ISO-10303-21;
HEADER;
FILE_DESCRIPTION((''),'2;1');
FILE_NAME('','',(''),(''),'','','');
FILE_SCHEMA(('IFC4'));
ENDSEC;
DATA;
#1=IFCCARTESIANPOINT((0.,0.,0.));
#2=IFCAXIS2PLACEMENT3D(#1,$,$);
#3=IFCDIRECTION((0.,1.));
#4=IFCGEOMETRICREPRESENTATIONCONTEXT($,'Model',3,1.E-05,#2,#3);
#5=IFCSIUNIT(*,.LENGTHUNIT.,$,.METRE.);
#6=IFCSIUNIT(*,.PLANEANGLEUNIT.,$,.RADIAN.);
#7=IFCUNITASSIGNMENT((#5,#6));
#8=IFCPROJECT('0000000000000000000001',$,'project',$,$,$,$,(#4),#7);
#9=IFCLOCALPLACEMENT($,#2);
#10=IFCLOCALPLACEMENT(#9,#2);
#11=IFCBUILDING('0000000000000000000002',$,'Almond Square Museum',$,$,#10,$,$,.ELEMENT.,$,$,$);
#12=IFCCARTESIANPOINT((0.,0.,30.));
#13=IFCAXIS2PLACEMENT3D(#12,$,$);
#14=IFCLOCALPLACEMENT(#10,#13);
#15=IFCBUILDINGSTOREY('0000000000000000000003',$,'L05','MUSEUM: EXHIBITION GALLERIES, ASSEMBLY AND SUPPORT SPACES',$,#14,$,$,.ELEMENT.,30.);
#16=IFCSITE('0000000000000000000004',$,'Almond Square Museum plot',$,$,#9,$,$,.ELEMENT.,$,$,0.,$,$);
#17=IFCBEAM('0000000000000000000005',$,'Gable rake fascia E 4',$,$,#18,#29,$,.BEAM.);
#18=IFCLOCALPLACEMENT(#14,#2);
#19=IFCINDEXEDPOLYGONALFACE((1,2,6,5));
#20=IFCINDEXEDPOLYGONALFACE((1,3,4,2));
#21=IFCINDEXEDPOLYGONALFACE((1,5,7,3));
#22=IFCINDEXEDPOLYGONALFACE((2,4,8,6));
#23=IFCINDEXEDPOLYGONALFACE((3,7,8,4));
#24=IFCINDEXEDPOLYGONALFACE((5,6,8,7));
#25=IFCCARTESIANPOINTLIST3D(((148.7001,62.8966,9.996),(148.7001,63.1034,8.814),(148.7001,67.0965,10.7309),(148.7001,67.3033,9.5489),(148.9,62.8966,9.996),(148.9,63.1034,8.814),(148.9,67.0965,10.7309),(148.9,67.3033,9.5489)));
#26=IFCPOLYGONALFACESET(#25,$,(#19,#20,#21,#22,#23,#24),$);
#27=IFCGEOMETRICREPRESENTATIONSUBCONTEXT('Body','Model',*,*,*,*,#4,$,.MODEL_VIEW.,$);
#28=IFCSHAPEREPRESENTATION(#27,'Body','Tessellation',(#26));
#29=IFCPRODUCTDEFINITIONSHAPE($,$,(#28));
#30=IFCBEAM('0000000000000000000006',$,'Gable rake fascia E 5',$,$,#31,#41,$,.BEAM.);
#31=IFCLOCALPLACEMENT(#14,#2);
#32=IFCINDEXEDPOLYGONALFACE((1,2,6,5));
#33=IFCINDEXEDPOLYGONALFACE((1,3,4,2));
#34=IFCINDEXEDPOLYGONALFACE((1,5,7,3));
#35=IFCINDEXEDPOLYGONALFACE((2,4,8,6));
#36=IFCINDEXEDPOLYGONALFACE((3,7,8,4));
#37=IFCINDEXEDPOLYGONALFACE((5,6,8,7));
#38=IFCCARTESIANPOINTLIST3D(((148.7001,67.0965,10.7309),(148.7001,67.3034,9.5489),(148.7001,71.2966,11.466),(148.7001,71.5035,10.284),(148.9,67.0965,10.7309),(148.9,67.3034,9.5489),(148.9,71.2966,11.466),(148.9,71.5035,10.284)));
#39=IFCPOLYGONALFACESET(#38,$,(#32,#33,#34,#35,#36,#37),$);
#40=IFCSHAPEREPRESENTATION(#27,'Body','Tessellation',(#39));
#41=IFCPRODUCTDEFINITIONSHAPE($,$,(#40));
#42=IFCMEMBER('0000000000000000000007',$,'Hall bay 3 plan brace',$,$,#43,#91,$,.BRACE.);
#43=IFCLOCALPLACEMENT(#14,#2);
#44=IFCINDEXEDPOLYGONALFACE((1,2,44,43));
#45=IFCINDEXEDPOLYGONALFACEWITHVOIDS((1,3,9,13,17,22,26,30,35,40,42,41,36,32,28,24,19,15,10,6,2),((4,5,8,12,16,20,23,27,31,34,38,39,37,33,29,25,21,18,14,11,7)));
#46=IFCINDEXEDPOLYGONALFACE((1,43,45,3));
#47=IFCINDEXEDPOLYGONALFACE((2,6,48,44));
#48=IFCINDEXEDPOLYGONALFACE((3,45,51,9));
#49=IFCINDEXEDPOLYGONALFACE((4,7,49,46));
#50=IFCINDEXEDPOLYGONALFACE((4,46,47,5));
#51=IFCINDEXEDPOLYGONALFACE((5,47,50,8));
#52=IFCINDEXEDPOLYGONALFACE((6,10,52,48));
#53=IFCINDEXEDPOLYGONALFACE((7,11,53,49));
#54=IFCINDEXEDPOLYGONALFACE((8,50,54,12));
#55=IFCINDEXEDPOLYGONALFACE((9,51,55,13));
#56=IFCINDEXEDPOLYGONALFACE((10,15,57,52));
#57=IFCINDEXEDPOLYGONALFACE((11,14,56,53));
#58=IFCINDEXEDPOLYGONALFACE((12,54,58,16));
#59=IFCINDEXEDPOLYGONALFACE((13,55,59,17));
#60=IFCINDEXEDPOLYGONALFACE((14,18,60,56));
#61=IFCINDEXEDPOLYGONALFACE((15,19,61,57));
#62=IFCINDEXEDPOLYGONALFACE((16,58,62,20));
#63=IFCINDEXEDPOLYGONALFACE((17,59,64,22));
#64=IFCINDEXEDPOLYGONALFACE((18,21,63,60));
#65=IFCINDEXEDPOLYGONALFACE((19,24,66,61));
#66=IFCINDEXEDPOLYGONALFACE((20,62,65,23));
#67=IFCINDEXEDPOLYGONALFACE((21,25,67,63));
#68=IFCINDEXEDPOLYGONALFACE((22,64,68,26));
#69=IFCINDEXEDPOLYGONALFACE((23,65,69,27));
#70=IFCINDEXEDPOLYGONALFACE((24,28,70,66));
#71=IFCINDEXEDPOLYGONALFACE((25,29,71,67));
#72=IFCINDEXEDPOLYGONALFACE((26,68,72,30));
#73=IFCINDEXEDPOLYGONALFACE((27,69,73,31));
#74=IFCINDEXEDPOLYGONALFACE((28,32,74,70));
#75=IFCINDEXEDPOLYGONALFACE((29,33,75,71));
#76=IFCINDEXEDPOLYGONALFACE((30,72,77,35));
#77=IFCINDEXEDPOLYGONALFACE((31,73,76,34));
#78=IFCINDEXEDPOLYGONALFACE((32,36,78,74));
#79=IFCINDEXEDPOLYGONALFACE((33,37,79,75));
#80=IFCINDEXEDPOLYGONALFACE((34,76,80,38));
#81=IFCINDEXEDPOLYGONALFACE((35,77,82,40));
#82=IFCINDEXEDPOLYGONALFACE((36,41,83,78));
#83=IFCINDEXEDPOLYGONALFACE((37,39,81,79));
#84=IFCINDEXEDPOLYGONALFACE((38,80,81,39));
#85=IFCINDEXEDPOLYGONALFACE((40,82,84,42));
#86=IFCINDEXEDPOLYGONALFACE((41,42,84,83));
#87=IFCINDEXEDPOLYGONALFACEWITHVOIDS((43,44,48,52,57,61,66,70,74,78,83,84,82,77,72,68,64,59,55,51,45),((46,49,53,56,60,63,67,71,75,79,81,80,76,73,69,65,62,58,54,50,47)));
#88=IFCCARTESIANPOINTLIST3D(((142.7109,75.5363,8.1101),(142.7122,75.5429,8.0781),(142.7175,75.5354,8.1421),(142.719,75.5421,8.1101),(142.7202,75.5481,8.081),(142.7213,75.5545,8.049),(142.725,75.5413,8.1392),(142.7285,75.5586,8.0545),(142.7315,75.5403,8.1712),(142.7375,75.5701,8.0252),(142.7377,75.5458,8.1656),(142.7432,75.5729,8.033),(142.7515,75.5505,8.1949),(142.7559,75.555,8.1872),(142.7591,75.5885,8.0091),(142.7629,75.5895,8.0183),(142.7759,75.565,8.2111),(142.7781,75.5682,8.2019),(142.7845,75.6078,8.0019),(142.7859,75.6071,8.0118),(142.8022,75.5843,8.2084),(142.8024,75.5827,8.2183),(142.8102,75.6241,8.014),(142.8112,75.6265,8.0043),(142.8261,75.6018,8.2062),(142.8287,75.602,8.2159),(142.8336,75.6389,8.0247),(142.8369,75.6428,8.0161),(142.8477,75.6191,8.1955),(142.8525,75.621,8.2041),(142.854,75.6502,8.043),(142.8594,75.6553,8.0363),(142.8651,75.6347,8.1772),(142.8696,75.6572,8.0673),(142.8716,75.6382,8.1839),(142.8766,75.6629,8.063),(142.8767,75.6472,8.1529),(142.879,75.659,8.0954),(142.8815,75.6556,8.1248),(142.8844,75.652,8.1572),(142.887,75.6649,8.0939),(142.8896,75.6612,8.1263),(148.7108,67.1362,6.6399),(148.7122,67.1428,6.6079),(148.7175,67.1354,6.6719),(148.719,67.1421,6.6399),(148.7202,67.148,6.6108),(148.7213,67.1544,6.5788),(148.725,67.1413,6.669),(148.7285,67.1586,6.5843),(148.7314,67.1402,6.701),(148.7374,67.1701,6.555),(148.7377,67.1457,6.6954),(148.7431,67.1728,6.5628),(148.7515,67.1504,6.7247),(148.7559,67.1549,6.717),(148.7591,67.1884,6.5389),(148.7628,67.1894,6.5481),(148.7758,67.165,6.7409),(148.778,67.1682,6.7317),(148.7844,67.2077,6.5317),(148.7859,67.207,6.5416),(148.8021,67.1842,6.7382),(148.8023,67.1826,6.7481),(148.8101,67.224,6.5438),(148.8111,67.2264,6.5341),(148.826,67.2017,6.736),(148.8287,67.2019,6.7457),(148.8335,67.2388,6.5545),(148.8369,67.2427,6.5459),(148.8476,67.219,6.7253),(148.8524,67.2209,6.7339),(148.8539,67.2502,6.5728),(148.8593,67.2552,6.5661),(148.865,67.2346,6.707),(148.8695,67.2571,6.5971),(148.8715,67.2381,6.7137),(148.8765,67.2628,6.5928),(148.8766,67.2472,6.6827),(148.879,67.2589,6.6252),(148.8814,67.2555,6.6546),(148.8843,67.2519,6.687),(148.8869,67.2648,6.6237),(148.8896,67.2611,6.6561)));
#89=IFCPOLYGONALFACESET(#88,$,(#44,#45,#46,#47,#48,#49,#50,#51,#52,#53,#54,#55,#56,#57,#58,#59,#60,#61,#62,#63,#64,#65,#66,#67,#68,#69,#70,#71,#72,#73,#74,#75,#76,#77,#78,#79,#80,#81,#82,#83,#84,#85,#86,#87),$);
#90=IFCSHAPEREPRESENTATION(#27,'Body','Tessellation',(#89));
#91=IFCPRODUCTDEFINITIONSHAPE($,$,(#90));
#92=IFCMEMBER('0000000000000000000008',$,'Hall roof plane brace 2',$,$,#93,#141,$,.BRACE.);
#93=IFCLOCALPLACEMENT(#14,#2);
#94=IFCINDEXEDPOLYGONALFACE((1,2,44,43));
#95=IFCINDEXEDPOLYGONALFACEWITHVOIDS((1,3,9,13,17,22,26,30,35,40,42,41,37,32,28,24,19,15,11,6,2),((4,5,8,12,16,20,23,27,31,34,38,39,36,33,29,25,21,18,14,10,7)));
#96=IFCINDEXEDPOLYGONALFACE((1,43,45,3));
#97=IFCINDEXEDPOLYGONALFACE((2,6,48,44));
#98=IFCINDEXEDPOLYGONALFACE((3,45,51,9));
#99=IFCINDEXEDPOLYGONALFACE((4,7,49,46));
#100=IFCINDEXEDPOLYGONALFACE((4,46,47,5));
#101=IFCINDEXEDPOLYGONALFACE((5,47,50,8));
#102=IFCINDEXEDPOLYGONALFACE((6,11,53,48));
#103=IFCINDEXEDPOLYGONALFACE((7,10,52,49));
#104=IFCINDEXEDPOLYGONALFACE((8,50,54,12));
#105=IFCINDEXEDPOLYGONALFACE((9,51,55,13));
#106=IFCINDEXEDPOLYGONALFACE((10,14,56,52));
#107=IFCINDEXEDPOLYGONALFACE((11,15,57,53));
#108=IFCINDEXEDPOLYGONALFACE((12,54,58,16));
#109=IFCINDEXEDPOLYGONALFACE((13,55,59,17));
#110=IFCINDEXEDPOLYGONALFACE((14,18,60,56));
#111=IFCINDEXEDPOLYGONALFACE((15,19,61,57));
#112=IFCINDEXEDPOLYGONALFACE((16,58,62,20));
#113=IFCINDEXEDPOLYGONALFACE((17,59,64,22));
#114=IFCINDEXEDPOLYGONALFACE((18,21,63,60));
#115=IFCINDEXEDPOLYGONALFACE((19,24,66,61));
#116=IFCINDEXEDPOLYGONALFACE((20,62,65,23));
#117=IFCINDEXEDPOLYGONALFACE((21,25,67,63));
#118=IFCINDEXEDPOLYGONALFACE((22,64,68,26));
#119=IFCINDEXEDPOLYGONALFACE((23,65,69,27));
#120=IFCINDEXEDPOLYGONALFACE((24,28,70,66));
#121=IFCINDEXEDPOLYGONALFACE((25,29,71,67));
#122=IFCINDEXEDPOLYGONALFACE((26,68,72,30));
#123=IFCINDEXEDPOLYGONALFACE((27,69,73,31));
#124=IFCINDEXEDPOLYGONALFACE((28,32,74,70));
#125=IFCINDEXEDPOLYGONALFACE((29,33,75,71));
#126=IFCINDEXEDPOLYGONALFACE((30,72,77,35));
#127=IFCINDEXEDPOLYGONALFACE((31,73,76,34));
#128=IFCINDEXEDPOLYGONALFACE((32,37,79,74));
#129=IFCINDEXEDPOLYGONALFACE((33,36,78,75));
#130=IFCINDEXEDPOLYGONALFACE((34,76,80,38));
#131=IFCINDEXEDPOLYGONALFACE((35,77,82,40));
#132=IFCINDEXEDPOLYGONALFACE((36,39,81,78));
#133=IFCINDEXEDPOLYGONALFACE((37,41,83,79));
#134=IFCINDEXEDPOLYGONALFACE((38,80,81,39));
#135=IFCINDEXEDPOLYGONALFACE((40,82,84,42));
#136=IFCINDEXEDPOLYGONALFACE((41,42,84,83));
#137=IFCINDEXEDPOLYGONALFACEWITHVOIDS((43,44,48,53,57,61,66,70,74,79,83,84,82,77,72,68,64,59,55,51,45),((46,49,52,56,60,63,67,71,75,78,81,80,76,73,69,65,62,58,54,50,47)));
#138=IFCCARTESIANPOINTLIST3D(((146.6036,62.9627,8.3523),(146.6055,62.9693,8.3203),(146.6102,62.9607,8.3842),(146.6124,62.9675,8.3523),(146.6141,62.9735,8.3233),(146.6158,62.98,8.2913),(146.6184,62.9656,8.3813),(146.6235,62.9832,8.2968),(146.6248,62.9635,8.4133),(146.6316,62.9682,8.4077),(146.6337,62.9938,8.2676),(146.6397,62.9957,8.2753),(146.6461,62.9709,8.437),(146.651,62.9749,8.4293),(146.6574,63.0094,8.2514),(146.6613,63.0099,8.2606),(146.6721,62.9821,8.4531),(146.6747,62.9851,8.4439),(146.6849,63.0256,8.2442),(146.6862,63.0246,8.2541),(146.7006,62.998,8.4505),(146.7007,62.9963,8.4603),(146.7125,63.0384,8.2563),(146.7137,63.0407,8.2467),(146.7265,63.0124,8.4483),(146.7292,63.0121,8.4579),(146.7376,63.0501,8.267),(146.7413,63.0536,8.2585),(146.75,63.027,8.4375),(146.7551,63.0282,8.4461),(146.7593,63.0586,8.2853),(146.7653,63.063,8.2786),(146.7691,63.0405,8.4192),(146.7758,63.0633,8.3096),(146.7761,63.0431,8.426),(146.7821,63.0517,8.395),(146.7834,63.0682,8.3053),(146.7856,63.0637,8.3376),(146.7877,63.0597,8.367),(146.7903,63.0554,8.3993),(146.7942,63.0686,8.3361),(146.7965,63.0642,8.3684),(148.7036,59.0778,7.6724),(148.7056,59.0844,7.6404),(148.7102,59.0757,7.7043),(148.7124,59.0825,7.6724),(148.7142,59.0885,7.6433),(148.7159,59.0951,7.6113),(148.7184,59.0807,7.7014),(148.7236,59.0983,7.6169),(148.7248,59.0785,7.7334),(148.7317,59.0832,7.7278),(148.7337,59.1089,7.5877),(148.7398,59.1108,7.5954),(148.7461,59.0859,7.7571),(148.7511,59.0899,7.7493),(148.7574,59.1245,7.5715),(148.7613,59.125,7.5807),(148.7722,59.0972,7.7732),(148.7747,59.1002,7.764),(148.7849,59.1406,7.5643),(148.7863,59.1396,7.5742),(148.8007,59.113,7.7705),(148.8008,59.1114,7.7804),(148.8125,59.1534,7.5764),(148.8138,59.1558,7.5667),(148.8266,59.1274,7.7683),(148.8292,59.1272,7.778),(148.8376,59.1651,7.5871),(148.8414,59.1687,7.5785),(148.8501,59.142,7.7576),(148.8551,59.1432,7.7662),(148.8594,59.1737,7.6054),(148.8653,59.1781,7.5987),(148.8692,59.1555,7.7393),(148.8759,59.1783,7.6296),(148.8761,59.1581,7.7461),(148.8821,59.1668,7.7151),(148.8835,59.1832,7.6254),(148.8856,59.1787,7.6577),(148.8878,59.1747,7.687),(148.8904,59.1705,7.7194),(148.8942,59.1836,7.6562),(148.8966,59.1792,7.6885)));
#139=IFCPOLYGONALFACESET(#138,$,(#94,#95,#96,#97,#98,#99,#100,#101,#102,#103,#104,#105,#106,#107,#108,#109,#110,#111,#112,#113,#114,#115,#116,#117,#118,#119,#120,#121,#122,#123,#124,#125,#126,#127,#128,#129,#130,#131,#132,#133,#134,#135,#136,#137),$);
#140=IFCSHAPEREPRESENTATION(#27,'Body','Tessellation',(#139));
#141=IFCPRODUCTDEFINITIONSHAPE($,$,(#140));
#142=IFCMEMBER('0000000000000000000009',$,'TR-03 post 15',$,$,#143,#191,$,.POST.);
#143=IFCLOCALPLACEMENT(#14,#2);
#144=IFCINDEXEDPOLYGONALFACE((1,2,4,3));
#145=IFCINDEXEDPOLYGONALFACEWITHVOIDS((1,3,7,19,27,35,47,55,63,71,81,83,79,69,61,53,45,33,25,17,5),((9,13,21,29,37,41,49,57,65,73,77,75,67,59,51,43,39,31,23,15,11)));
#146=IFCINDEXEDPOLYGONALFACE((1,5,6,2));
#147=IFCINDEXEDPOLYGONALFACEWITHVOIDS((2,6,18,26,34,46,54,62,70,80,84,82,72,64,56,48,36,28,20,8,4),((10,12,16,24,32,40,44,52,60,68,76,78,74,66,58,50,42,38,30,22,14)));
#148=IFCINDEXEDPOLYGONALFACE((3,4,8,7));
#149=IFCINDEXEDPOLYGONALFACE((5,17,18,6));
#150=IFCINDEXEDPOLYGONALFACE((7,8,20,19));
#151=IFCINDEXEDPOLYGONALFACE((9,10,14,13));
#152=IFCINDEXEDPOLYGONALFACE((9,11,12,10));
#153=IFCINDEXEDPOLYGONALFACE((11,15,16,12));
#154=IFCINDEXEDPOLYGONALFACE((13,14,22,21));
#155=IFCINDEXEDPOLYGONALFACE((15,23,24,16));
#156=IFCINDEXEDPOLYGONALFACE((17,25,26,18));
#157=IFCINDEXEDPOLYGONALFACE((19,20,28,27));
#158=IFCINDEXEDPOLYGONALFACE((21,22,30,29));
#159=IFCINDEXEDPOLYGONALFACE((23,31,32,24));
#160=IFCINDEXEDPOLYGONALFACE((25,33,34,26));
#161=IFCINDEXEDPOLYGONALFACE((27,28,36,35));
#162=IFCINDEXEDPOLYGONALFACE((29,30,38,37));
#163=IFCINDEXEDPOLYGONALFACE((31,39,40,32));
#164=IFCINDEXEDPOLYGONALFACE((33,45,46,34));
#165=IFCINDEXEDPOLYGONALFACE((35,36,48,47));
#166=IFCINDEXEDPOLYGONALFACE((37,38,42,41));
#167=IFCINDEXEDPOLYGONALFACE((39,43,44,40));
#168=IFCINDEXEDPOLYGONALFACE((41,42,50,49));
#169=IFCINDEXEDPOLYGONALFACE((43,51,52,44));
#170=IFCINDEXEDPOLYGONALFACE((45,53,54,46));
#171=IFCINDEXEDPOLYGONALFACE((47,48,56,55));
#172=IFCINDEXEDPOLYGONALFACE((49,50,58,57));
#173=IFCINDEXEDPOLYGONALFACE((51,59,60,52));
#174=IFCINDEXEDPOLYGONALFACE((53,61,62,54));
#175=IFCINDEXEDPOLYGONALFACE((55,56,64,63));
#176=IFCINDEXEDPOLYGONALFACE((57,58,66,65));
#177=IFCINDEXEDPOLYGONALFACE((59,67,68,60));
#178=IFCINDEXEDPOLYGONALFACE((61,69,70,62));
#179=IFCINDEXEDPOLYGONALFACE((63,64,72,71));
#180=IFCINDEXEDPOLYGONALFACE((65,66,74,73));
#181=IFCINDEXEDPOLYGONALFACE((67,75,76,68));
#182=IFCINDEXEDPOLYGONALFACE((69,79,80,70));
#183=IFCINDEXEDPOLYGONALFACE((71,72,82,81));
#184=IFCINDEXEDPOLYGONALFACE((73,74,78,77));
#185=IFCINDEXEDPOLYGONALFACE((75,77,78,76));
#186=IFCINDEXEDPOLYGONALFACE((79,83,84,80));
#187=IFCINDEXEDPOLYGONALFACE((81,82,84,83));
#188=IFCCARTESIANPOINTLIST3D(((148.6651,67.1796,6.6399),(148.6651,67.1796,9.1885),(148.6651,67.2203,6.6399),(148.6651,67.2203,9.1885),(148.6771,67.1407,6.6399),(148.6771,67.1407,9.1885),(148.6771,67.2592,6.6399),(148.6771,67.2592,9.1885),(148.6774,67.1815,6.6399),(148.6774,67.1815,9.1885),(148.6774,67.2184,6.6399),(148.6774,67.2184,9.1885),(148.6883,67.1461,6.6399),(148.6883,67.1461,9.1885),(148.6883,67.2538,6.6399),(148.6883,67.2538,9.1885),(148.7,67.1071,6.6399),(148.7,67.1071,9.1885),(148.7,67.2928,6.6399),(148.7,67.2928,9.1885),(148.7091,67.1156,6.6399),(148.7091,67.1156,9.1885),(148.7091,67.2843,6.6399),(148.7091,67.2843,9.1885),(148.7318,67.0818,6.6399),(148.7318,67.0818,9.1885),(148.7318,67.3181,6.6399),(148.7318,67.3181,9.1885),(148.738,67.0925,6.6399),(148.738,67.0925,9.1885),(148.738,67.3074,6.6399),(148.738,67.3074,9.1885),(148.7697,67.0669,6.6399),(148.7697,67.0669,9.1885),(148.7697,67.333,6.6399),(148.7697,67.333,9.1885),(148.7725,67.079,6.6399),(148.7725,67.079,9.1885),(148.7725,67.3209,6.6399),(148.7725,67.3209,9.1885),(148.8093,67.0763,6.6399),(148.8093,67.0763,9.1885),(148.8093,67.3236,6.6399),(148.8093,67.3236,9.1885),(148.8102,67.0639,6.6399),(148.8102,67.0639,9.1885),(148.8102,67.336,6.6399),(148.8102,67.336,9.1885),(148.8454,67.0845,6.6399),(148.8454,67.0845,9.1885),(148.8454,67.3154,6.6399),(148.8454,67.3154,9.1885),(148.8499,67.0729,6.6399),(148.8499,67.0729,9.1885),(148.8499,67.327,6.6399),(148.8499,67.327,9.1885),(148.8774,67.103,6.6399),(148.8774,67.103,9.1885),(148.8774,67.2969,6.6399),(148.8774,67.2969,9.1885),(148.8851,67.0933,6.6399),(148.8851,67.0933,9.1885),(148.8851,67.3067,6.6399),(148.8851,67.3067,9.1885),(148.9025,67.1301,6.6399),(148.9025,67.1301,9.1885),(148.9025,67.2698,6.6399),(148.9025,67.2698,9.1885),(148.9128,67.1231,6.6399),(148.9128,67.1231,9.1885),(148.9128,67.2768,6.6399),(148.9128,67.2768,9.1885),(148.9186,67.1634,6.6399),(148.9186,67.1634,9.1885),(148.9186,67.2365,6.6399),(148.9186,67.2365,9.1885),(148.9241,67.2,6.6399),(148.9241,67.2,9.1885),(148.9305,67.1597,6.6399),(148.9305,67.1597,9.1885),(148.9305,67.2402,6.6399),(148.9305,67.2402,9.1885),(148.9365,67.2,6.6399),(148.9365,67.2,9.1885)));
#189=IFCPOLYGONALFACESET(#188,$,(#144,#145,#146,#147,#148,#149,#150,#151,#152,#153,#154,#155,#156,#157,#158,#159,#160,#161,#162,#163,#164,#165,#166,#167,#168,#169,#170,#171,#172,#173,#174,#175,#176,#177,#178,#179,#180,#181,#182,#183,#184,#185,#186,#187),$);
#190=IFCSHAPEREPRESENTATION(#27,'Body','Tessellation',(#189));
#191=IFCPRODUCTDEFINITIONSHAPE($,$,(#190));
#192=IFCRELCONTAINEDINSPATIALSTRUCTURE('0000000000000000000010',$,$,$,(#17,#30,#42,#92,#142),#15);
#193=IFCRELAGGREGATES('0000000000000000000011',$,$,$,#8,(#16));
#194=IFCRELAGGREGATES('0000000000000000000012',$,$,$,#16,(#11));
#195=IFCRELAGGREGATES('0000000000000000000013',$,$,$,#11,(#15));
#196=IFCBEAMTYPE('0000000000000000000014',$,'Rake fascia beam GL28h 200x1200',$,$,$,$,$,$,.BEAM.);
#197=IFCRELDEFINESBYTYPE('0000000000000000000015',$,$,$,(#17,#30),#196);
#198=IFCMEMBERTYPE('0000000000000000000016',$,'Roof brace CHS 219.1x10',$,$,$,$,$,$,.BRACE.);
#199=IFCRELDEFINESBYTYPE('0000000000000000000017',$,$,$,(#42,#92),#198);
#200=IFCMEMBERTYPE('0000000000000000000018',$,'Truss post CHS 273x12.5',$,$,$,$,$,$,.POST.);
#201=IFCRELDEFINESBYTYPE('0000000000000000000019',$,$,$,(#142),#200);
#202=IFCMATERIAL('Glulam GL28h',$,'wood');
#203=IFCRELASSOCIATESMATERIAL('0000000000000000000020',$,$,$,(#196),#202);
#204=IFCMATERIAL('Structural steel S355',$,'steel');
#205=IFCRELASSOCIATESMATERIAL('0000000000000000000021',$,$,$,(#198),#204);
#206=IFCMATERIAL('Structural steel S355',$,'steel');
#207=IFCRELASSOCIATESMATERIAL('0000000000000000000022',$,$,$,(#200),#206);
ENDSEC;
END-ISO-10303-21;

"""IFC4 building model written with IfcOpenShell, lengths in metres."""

from ifc_helpers import new_model, si_unit, direction, frame, origin, origin_2d, place, context, subcontext, project, spatial, rectangle, hollow_circle, extrude, material, material_profile, profile_set, type_object, element, save


model = new_model("IFC4")

# Units and contexts
model_context = context("Model", 3, precision=1e-05, world=origin(), true_north=direction((0.0, 1.0)))
body_context = subcontext(model_context, "Body", "Model", "MODEL_VIEW")
ifc_project = project(units=[si_unit("LENGTHUNIT", "METRE"), si_unit("PLANEANGLEUNIT", "RADIAN")], contexts=[model_context])

# Site, building, storey
site_placement = place(None, origin())
site = spatial("IfcSite", under=ifc_project, at=site_placement, Name="Almond Square Museum plot", CompositionType="ELEMENT", RefElevation=0.0)
building_placement = place(site_placement, origin())
building = spatial("IfcBuilding", under=site, at=building_placement, Name="Almond Square Museum", CompositionType="ELEMENT")
storey_placement = place(building_placement, frame((0.0, 0.0, 30.0)))
storey = spatial("IfcBuildingStorey", under=building, at=storey_placement, Name="L05", Description="MUSEUM: EXHIBITION GALLERIES, ASSEMBLY AND SUPPORT SPACES", CompositionType="ELEMENT", Elevation=30.0)

# Beams
ifc_material_1 = material(Name="Glulam GL28h", Category="wood")
ifc_material_profile_1 = material_profile(ifc_material_1, rectangle(XDim=0.2, YDim=1.2, at=origin_2d()))
ifc_profile_set_1 = profile_set([ifc_material_profile_1], Name="Glulam GL28h")
beam_type = type_object("IfcBeamType", Name="Rake fascia beam GL28h 200x1200", PredefinedType="BEAM", material=ifc_profile_set_1)
beam_1_placement = place(storey_placement, frame((148.8, 63.0, 9.405), z_axis=(0.0, 0.985036, 0.172351), x_axis=(-1.0, 0.0, 0.0)))
element("IfcBeam", 1, at=beam_1_placement, inside=storey, type_object=beam_type, Name="Gable rake fascia E 4", PredefinedType="BEAM", context=body_context, shape_type="SweptSolid", body=[
    extrude(rectangle(XDim=0.2, YDim=1.2, at=origin_2d()), origin(), (0.0, 0.0, 1.0), 4.2637),
])
beam_2_placement = place(storey_placement, frame((148.8, 67.2, 10.1399), z_axis=(0.0, 0.985026, 0.172407), x_axis=(-1.0, 0.0, 0.0)))
element("IfcBeam", 2, at=beam_2_placement, inside=storey, type_object=beam_type, Name="Gable rake fascia E 5", PredefinedType="BEAM", context=body_context, shape_type="SweptSolid", body=[
    extrude(rectangle(XDim=0.2, YDim=1.2, at=origin_2d()), origin(), (0.0, 0.0, 1.0), 4.2639),
])

# Members
ifc_material_2 = material(Name="Structural steel S355", Category="steel")
ifc_material_profile_2 = material_profile(ifc_material_2, hollow_circle(Radius=0.1096, WallThickness=0.01, at=origin_2d()))
ifc_profile_set_2 = profile_set([ifc_material_profile_2], Name="Structural steel S355")
member_type_1 = type_object("IfcMemberType", Name="Roof brace CHS 219.1x10", PredefinedType="BRACE", material=ifc_profile_set_2)
member_1_placement = place(storey_placement, frame((148.8, 67.2, 6.6399), z_axis=(-0.575425, 0.805609, 0.141), x_axis=(-0.813738, -0.581231, 0.0)))
element("IfcMember", 3, at=member_1_placement, inside=storey, type_object=member_type_1, Name="Hall bay 3 plan brace", PredefinedType="BRACE", context=body_context, shape_type="SweptSolid", body=[
    extrude(hollow_circle(Radius=0.1096, WallThickness=0.01, at=origin_2d()), origin(), (0.0, 0.0, 1.0), 10.427),
])
member_2_placement = place(storey_placement, frame((148.8, 59.1299, 7.6724), z_axis=(-0.469996, 0.869454, 0.152167), x_axis=(-0.879698, -0.475533, 0.0)))
element("IfcMember", 4, at=member_2_placement, inside=storey, type_object=member_type_1, Name="Hall roof plane brace 2", PredefinedType="BRACE", context=body_context, shape_type="SweptSolid", body=[
    extrude(hollow_circle(Radius=0.1096, WallThickness=0.01, at=origin_2d()), origin(), (0.0, 0.0, 1.0), 4.4683),
])
ifc_material_3 = material(Name="Structural steel S355", Category="steel")
ifc_material_profile_3 = material_profile(ifc_material_3, hollow_circle(Radius=0.1365, WallThickness=0.0125, at=origin_2d()))
ifc_profile_set_3 = profile_set([ifc_material_profile_3], Name="Structural steel S355")
member_type_2 = type_object("IfcMemberType", Name="Truss post CHS 273x12.5", PredefinedType="POST", material=ifc_profile_set_3)
member_3_placement = place(storey_placement, frame((148.8, 67.2, 6.6399), z_axis=(0.0, 0.0, 1.0), x_axis=(1.0, 0.0, 0.0)))
element("IfcMember", 5, at=member_3_placement, inside=storey, type_object=member_type_2, Name="TR-03 post 15", PredefinedType="POST", context=body_context, shape_type="SweptSolid", body=[
    extrude(hollow_circle(Radius=0.1365, WallThickness=0.0125, at=origin_2d()), origin(), (0.0, 0.0, 1.0), 2.5486),
])

save(model, "model.ifc")
